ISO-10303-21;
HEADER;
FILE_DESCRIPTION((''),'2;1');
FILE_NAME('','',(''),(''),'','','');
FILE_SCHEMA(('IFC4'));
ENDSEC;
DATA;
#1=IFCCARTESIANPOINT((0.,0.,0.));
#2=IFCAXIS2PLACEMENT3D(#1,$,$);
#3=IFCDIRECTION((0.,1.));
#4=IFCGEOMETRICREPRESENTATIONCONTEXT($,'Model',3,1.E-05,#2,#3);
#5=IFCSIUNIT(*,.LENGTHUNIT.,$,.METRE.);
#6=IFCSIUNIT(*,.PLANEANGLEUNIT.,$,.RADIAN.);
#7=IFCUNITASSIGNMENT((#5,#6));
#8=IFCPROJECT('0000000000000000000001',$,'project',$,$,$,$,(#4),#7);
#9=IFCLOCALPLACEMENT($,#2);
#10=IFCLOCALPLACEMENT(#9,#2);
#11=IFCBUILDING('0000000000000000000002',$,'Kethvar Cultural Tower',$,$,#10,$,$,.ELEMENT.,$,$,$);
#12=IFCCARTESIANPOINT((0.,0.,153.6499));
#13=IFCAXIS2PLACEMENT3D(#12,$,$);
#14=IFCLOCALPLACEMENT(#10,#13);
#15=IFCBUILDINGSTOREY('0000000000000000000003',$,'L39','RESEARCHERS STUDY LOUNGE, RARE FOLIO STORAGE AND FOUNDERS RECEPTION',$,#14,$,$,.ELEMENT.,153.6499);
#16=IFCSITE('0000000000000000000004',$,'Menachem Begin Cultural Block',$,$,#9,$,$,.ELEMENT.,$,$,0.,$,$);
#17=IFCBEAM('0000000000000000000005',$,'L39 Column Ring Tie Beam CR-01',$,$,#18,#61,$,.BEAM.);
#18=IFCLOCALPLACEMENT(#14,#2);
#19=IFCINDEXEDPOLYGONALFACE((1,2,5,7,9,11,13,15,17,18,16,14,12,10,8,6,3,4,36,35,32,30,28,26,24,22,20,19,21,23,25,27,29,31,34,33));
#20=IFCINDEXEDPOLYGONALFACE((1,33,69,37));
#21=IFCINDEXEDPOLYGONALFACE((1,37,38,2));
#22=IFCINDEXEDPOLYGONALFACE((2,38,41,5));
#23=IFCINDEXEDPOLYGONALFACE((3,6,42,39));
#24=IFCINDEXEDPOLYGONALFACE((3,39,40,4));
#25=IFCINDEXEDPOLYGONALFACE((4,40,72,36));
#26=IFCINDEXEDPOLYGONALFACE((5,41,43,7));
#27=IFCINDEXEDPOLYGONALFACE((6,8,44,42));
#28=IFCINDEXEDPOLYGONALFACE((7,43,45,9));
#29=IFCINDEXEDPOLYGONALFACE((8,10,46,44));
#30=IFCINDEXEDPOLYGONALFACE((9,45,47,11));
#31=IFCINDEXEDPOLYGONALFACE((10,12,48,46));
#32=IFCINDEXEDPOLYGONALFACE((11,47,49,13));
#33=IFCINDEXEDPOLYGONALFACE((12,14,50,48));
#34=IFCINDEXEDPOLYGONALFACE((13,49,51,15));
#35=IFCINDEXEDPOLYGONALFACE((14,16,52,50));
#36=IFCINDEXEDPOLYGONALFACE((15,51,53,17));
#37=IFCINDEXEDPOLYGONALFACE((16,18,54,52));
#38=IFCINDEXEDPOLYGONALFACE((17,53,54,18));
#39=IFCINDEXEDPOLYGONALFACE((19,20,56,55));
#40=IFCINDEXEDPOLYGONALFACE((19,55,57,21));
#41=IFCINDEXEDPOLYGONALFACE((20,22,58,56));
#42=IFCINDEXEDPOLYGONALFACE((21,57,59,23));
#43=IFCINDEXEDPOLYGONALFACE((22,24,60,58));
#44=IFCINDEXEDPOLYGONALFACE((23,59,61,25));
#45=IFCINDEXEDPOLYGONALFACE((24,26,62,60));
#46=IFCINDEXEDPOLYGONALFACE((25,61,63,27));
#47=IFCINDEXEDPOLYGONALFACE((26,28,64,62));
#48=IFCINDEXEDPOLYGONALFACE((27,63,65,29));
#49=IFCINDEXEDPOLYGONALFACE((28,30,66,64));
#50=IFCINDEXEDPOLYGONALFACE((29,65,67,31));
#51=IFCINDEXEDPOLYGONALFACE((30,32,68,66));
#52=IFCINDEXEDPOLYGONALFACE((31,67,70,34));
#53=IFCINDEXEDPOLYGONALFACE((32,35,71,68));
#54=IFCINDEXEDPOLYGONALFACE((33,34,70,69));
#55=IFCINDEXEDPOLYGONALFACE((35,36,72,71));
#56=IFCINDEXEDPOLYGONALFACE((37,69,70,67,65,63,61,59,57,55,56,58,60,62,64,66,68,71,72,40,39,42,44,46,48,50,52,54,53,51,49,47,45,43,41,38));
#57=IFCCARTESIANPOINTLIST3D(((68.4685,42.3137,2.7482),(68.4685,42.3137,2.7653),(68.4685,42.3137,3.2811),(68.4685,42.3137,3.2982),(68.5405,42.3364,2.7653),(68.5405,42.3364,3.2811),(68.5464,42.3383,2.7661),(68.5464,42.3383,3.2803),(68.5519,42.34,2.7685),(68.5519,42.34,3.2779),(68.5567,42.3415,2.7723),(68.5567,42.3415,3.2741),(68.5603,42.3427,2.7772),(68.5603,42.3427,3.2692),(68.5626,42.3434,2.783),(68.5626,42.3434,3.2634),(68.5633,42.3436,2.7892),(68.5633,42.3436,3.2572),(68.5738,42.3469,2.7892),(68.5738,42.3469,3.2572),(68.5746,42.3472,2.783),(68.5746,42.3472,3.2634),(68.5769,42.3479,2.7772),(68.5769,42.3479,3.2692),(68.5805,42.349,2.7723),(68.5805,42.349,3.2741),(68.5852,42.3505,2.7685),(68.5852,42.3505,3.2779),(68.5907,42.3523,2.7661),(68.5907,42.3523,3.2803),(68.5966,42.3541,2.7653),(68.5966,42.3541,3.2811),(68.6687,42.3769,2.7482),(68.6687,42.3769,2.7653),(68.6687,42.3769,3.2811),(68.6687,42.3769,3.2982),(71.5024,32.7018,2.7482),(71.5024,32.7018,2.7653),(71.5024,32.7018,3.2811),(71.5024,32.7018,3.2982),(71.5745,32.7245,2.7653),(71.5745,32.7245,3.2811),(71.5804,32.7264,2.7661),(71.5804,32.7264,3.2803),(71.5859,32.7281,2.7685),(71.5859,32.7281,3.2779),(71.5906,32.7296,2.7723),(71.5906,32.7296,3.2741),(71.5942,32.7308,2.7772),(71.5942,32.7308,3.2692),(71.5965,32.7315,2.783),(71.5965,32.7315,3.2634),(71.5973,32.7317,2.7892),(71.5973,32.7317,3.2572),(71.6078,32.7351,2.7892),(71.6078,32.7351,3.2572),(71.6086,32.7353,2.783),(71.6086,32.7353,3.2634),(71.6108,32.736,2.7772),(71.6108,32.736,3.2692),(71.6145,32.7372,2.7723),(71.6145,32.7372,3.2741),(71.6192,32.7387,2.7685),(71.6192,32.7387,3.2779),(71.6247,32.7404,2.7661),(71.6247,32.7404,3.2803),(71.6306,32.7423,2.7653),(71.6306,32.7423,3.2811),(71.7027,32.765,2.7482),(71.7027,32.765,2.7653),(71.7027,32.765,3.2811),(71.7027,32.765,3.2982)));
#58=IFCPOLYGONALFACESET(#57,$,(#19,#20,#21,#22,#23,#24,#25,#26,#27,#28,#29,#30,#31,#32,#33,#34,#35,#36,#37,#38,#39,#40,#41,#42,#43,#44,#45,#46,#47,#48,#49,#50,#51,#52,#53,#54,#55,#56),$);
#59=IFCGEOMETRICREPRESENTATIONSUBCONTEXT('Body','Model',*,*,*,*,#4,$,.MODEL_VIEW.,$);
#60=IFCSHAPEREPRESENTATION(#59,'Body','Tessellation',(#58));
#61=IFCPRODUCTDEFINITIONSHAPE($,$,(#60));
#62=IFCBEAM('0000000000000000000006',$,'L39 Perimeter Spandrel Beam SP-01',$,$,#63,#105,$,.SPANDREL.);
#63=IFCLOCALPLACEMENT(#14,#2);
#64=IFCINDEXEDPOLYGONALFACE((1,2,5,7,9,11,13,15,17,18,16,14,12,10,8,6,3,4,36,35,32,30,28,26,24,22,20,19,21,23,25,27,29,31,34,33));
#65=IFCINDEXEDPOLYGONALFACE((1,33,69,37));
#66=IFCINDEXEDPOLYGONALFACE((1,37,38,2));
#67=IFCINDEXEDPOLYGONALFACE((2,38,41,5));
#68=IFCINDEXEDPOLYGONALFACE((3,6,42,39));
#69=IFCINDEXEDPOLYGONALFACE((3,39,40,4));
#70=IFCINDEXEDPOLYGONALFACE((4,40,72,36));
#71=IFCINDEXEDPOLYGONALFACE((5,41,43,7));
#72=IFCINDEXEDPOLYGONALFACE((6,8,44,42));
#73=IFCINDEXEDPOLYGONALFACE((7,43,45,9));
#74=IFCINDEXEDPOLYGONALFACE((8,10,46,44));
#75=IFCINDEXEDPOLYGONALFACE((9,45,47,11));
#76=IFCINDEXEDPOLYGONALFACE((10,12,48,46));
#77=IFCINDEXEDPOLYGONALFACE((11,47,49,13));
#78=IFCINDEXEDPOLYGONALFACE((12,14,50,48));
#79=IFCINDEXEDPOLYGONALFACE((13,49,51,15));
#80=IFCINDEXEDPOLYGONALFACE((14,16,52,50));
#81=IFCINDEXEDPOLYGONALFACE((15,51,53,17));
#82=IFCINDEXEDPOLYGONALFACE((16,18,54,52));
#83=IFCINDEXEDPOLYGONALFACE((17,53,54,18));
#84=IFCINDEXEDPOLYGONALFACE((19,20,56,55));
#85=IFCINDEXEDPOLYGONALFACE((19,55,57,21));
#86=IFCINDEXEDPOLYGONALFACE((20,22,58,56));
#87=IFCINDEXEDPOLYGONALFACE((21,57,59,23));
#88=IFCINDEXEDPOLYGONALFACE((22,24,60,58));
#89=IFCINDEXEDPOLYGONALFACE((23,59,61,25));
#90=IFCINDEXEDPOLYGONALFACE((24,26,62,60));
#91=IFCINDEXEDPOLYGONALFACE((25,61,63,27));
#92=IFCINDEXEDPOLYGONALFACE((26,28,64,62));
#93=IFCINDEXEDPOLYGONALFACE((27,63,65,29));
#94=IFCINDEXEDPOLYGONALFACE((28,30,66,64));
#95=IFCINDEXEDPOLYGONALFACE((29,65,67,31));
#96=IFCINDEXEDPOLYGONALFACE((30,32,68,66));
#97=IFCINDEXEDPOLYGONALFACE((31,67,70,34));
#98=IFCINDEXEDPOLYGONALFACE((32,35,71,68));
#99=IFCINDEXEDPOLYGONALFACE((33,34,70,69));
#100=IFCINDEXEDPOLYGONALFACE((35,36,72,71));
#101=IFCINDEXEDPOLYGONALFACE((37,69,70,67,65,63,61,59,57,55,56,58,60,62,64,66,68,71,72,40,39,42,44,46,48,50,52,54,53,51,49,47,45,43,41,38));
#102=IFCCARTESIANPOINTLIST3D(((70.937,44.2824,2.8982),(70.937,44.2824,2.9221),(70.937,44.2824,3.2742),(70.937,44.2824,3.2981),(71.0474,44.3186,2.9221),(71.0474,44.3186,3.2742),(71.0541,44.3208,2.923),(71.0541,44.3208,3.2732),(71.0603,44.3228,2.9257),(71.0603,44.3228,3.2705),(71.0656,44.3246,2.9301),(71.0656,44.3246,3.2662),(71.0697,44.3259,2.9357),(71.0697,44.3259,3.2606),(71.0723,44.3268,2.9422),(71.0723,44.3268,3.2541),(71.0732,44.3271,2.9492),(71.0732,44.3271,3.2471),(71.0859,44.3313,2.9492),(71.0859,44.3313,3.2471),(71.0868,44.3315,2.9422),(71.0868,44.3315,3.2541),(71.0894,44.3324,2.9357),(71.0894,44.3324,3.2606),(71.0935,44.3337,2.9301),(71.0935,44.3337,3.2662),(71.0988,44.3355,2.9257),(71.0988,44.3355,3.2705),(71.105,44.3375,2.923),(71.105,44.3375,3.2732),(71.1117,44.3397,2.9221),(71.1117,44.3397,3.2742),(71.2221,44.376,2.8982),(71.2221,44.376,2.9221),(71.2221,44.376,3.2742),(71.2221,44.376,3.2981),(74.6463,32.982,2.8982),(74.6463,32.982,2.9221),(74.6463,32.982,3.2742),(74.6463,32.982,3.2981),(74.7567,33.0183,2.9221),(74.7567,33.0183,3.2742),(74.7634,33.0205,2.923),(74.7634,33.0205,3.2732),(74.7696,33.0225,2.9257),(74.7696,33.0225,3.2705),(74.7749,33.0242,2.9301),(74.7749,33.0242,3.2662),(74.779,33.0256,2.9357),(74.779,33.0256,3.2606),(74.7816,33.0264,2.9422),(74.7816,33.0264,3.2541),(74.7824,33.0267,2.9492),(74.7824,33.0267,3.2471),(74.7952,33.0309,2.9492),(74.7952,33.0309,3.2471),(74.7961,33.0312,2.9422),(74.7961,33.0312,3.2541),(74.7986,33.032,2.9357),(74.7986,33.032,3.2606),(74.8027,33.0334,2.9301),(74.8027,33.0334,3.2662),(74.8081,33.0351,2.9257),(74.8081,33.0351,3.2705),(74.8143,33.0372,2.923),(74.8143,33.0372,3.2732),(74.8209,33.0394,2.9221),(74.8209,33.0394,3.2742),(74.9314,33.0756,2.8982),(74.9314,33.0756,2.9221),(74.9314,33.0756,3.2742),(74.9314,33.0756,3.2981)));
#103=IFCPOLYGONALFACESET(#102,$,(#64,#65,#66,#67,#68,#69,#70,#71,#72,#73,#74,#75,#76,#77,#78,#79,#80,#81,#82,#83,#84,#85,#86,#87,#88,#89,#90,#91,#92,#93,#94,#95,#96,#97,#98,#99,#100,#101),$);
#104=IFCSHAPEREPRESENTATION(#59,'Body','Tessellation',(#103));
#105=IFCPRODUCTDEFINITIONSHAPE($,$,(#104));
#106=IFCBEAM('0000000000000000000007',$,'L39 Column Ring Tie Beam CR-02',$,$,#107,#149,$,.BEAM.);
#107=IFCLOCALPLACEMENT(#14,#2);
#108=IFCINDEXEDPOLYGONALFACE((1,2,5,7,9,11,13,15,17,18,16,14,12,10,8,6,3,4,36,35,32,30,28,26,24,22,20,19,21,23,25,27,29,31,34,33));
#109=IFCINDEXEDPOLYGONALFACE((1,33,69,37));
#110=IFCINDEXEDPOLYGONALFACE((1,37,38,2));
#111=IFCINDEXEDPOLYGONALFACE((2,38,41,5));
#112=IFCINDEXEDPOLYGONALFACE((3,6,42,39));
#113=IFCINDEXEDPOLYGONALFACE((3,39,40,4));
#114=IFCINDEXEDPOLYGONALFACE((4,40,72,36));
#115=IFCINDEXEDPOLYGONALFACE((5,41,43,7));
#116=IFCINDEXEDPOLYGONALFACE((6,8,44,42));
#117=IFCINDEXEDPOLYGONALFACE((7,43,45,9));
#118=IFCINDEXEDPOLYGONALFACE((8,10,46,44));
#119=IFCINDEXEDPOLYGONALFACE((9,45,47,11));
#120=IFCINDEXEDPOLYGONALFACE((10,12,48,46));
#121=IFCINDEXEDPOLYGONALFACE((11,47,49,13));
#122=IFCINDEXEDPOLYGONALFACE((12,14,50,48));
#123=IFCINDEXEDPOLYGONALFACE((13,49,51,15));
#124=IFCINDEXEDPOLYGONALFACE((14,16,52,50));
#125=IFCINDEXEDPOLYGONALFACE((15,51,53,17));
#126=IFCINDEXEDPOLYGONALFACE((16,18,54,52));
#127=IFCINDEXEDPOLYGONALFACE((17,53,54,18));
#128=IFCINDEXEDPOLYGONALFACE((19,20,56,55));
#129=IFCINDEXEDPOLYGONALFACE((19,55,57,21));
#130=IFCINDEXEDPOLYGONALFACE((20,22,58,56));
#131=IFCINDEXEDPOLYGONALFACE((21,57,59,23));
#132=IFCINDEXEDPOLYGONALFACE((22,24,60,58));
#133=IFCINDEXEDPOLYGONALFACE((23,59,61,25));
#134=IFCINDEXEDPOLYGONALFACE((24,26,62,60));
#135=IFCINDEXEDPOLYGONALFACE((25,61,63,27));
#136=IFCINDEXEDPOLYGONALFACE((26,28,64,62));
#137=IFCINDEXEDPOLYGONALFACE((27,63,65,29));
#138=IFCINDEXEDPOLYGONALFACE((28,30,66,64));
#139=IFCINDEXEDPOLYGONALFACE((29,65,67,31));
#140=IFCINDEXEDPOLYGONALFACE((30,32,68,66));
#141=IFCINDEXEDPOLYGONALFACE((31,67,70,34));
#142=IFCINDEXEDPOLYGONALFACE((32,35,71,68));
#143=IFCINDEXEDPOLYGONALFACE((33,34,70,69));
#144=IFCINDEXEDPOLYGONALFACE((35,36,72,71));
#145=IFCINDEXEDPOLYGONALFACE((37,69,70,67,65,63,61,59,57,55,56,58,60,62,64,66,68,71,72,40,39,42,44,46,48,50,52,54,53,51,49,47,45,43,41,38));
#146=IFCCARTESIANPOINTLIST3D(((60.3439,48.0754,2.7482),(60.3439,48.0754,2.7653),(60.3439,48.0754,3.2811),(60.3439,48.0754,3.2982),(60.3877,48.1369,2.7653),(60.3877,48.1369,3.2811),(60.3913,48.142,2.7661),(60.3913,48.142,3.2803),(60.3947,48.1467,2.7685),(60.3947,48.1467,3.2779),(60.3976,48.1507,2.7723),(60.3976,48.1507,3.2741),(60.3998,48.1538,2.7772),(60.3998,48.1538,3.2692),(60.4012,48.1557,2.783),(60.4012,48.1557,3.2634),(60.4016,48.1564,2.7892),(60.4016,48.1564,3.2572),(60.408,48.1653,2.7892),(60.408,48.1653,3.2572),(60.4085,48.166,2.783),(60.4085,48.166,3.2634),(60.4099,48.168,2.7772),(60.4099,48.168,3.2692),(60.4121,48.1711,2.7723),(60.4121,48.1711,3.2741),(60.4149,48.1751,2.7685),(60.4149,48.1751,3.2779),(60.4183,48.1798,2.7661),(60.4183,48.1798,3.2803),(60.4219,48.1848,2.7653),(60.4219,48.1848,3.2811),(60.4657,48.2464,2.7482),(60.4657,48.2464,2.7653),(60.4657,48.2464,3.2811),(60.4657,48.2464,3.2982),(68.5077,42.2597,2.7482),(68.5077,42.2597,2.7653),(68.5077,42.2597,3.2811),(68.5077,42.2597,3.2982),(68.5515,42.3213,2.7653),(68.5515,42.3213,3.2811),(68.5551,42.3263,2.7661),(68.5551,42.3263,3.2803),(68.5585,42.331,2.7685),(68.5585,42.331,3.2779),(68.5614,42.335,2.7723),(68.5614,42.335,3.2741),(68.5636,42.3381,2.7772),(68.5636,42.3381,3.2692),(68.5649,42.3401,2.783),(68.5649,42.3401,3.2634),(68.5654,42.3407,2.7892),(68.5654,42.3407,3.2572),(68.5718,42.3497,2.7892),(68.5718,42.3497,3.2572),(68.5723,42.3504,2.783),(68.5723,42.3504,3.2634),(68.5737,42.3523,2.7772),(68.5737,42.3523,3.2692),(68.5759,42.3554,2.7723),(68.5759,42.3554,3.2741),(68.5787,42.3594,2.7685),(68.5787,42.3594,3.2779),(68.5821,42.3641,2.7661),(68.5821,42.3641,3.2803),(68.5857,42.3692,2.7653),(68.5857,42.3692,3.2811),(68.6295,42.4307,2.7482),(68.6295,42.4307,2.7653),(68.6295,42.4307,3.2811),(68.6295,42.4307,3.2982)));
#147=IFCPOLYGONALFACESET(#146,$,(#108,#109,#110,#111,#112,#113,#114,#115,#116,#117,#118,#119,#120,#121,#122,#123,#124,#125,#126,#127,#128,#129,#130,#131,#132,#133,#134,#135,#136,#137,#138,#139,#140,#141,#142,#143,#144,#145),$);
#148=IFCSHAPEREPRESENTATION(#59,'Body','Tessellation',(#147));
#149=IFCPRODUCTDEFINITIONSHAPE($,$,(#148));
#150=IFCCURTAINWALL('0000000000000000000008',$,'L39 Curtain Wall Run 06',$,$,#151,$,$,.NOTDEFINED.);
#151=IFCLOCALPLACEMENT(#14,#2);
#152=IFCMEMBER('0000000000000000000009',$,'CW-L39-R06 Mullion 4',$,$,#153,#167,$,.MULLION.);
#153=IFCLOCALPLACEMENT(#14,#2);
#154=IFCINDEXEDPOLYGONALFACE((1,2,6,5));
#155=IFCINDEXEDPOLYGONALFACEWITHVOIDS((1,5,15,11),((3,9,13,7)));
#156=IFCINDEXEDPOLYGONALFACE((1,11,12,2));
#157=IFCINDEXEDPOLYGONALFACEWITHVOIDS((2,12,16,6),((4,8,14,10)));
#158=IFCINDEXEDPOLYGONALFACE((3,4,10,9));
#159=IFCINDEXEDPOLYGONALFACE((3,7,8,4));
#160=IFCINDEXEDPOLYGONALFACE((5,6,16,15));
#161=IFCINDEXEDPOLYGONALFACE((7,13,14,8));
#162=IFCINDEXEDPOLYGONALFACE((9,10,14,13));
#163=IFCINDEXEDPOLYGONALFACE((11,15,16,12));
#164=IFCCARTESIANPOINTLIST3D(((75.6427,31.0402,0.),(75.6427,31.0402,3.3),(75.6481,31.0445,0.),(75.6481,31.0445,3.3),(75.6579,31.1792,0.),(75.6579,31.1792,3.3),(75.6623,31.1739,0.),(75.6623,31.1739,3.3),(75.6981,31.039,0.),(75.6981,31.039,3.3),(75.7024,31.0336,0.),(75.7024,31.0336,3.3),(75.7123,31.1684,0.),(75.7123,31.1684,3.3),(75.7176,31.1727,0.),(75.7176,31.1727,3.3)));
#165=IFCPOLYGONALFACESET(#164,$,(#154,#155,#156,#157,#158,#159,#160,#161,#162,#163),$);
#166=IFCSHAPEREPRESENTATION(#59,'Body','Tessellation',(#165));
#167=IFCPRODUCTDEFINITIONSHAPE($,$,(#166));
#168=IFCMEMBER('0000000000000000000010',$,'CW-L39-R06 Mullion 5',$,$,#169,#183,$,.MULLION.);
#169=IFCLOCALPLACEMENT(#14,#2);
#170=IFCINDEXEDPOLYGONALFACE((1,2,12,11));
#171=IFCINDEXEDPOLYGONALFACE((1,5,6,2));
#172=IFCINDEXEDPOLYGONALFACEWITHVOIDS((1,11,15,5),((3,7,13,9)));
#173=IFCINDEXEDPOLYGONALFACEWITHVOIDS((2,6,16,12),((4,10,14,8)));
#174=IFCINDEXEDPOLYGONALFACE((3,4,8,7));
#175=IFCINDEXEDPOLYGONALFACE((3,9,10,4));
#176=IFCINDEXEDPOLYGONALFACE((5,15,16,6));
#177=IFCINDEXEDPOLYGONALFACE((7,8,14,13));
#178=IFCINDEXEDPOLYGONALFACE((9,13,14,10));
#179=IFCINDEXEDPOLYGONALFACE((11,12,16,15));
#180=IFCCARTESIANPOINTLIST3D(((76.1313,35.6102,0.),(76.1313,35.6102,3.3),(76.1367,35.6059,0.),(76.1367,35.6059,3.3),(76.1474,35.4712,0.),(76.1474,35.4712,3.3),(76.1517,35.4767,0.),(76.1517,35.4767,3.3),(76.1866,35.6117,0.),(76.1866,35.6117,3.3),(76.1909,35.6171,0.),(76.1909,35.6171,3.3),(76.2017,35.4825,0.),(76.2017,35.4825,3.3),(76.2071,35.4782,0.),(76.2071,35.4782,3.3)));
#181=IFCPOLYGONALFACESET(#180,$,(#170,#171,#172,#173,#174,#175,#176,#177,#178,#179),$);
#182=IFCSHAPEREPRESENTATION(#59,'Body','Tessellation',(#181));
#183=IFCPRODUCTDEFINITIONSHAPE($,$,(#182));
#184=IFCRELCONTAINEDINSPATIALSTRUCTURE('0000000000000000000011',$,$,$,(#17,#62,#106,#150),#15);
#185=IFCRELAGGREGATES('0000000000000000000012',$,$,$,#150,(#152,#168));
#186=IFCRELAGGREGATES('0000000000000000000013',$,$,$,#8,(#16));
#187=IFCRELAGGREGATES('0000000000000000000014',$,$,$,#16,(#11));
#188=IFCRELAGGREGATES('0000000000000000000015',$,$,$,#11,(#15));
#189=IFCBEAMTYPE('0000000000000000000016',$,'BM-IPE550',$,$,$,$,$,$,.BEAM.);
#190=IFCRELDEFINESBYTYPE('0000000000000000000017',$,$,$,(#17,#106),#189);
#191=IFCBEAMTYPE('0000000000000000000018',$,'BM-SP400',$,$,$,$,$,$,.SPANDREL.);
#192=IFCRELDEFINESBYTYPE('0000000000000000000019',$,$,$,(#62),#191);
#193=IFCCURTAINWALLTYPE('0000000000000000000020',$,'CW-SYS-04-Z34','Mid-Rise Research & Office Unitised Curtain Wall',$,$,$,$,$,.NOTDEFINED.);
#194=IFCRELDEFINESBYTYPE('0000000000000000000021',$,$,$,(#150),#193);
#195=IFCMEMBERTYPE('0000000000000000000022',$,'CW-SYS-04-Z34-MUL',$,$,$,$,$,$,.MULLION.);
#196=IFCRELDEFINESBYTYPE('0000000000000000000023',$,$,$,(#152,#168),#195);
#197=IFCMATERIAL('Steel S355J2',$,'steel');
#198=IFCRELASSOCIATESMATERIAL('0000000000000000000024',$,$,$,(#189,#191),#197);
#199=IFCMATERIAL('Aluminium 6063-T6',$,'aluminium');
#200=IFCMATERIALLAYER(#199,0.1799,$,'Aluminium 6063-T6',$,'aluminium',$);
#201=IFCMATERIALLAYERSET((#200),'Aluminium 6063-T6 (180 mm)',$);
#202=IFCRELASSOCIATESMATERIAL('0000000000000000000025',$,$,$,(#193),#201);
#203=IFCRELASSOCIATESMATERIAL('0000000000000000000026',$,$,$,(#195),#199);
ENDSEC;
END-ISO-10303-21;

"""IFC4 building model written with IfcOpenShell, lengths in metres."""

from ifc_helpers import new_model, si_unit, direction, frame, origin, origin_2d, place, context, subcontext, project, spatial, hollow_rectangle, i_section, extrude, source, transform, mapped, material, layer, layer_set, material_profile, profile_set, type_object, element, aggregate, save


model = new_model("IFC4")

# Units and contexts
model_context = context("Model", 3, precision=1e-05, world=origin(), true_north=direction((0.0, 1.0)))
body_context = subcontext(model_context, "Body", "Model", "MODEL_VIEW")
ifc_project = project(units=[si_unit("LENGTHUNIT", "METRE"), si_unit("PLANEANGLEUNIT", "RADIAN")], contexts=[model_context])

# Site, building, storey
site_placement = place(None, origin())
site = spatial("IfcSite", under=ifc_project, at=site_placement, Name="Menachem Begin Cultural Block", CompositionType="ELEMENT", RefElevation=0.0)
building_placement = place(site_placement, origin())
building = spatial("IfcBuilding", under=site, at=building_placement, Name="Kethvar Cultural Tower", CompositionType="ELEMENT")
storey_placement = place(building_placement, frame((0.0, 0.0, 153.6499)))
storey = spatial("IfcBuildingStorey", under=building, at=storey_placement, Name="L39", Description="RESEARCHERS STUDY LOUNGE, RARE FOLIO STORAGE AND FOUNDERS RECEPTION", CompositionType="ELEMENT", Elevation=153.6499)

# Beams
ifc_material_1 = material(Name="Steel S355J2", Category="steel")
ifc_material_profile_1 = material_profile(ifc_material_1, i_section(OverallWidth=0.21, OverallDepth=0.55, WebThickness=0.011, FlangeThickness=0.0171, FilletRadius=0.0239, at=origin_2d()), Name="Steel S355J2 — IPE550")
ifc_profile_set_1 = profile_set([ifc_material_profile_1], Name="Steel S355J2 — IPE550")
beam_type_1 = type_object("IfcBeamType", Name="BM-IPE550", PredefinedType="BEAM", material=ifc_profile_set_1)
shared_shape_1 = source(origin(), body_context, "Body", "SweptSolid", [
    extrude(i_section(OverallWidth=0.21, OverallDepth=0.55, WebThickness=0.011, FlangeThickness=0.0171, FilletRadius=0.0239, at=origin_2d()), origin(), (0.0, 0.0, 1.0), 10.0793),
])
beam_1_placement = place(storey_placement, frame((71.6025, 32.7334, 3.0232), z_axis=(-0.301007, 0.953622, 0.0), x_axis=(-0.953622, -0.301007, 0.0)))
element("IfcBeam", 1, at=beam_1_placement, inside=storey, type_object=beam_type_1, Name="L39 Column Ring Tie Beam CR-01", PredefinedType="BEAM", context=body_context, shape_type="MappedRepresentation", body=[
    mapped(shared_shape_1, transform((0.0, 0.0, 0.0), scale=1.0)),
])
ifc_material_profile_2 = material_profile(ifc_material_1, i_section(OverallWidth=0.3, OverallDepth=0.3999, WebThickness=0.0134, FlangeThickness=0.0239, FilletRadius=0.0271, at=origin_2d()), Name="Steel S355J2 — HEB400")
ifc_profile_set_2 = profile_set([ifc_material_profile_2], Name="Steel S355J2 — HEB400")
beam_type_2 = type_object("IfcBeamType", Name="BM-SP400", PredefinedType="SPANDREL", material=ifc_profile_set_2)
shared_shape_2 = source(origin(), body_context, "Body", "SweptSolid", [
    extrude(i_section(OverallWidth=0.3, OverallDepth=0.3999, WebThickness=0.0134, FlangeThickness=0.0239, FilletRadius=0.0271, at=origin_2d()), origin(), (0.0, 0.0, 1.0), 11.8936),
])
beam_2_placement = place(storey_placement, frame((74.7888, 33.0288, 3.0981), z_axis=(-0.311871, 0.950125, 0.0), x_axis=(-0.950125, -0.311871, 0.0)))
element("IfcBeam", 2, at=beam_2_placement, inside=storey, type_object=beam_type_2, Name="L39 Perimeter Spandrel Beam SP-01", PredefinedType="SPANDREL", context=body_context, shape_type="MappedRepresentation", body=[
    mapped(shared_shape_2, transform((0.0, 0.0, 0.0), scale=1.0)),
])
shared_shape_3 = source(origin(), body_context, "Body", "SweptSolid", [
    extrude(i_section(OverallWidth=0.21, OverallDepth=0.55, WebThickness=0.011, FlangeThickness=0.0171, FilletRadius=0.0239, at=origin_2d()), origin(), (0.0, 0.0, 1.0), 10.0234),
])
beam_3_placement = place(storey_placement, frame((68.5686, 42.3452, 3.0232), z_axis=(-0.81447, 0.580206, 0.0), x_axis=(-0.580206, -0.81447, 0.0)))
element("IfcBeam", 3, at=beam_3_placement, inside=storey, type_object=beam_type_1, Name="L39 Column Ring Tie Beam CR-02", PredefinedType="BEAM", context=body_context, shape_type="MappedRepresentation", body=[
    mapped(shared_shape_3, transform((0.0, 0.0, 0.0), scale=1.0)),
])

# Curtain wall, members
ifc_material_2 = material(Name="Aluminium 6063-T6", Category="aluminium")
ifc_layer_1 = layer(ifc_material_2, 0.1799, Name="Aluminium 6063-T6", Category="aluminium")
ifc_layer_set_1 = layer_set([ifc_layer_1], Name="Aluminium 6063-T6 (180 mm)")
curtain_wall_type = type_object("IfcCurtainWallType", Name="CW-SYS-04-Z34", Description="Mid-Rise Research & Office Unitised Curtain Wall", PredefinedType="NOTDEFINED", material=ifc_layer_set_1)
curtain_wall_placement = place(storey_placement, origin())
curtain_wall = element("IfcCurtainWall", 4, at=curtain_wall_placement, inside=storey, type_object=curtain_wall_type, Name="L39 Curtain Wall Run 06", PredefinedType="NOTDEFINED")
ifc_material_profile_3 = material_profile(ifc_material_2, hollow_rectangle(XDim=0.0601, YDim=0.1399, WallThickness=0.0049, at=origin_2d()), Name="Aluminium 6063-T6 — RHS140x60x5")
ifc_profile_set_3 = profile_set([ifc_material_profile_3], Name="Aluminium 6063-T6 — RHS140x60x5")
member_type_1 = type_object("IfcMemberType", Name="CW-SYS-04-Z34-MUL", PredefinedType="MULLION", material=ifc_profile_set_3)
shared_shape_4 = source(origin(), body_context, "Body", "SweptSolid", [
    extrude(hollow_rectangle(XDim=0.0601, YDim=0.1399, WallThickness=0.0049, at=origin_2d()), origin(), (0.0, 0.0, 1.0), 3.3),
])
member_1_placement = place(storey_placement, frame((75.6802, 31.1064, 0.0), z_axis=(0.0, 0.0, 1.0), x_axis=(-0.994045, 0.108971, 0.0)))
member_1 = element("IfcMember", 5, at=member_1_placement, type_object=member_type_1, Name="CW-L39-R06 Mullion 4", PredefinedType="MULLION", context=body_context, shape_type="MappedRepresentation", body=[
    mapped(shared_shape_4, transform((0.0, 0.0, 0.0), scale=1.0)),
])
member_2_placement = place(storey_placement, frame((76.1692, 35.5442, 0.0), z_axis=(0.0, 0.0, 1.0), x_axis=(-0.993302, -0.115544, 0.0)))
member_2 = element("IfcMember", 6, at=member_2_placement, type_object=member_type_1, Name="CW-L39-R06 Mullion 5", PredefinedType="MULLION", context=body_context, shape_type="MappedRepresentation", body=[
    mapped(shared_shape_4, transform((0.0, 0.0, 0.0), scale=1.0)),
])
aggregate(curtain_wall, [member_1, member_2])

save(model, "model.ifc")
